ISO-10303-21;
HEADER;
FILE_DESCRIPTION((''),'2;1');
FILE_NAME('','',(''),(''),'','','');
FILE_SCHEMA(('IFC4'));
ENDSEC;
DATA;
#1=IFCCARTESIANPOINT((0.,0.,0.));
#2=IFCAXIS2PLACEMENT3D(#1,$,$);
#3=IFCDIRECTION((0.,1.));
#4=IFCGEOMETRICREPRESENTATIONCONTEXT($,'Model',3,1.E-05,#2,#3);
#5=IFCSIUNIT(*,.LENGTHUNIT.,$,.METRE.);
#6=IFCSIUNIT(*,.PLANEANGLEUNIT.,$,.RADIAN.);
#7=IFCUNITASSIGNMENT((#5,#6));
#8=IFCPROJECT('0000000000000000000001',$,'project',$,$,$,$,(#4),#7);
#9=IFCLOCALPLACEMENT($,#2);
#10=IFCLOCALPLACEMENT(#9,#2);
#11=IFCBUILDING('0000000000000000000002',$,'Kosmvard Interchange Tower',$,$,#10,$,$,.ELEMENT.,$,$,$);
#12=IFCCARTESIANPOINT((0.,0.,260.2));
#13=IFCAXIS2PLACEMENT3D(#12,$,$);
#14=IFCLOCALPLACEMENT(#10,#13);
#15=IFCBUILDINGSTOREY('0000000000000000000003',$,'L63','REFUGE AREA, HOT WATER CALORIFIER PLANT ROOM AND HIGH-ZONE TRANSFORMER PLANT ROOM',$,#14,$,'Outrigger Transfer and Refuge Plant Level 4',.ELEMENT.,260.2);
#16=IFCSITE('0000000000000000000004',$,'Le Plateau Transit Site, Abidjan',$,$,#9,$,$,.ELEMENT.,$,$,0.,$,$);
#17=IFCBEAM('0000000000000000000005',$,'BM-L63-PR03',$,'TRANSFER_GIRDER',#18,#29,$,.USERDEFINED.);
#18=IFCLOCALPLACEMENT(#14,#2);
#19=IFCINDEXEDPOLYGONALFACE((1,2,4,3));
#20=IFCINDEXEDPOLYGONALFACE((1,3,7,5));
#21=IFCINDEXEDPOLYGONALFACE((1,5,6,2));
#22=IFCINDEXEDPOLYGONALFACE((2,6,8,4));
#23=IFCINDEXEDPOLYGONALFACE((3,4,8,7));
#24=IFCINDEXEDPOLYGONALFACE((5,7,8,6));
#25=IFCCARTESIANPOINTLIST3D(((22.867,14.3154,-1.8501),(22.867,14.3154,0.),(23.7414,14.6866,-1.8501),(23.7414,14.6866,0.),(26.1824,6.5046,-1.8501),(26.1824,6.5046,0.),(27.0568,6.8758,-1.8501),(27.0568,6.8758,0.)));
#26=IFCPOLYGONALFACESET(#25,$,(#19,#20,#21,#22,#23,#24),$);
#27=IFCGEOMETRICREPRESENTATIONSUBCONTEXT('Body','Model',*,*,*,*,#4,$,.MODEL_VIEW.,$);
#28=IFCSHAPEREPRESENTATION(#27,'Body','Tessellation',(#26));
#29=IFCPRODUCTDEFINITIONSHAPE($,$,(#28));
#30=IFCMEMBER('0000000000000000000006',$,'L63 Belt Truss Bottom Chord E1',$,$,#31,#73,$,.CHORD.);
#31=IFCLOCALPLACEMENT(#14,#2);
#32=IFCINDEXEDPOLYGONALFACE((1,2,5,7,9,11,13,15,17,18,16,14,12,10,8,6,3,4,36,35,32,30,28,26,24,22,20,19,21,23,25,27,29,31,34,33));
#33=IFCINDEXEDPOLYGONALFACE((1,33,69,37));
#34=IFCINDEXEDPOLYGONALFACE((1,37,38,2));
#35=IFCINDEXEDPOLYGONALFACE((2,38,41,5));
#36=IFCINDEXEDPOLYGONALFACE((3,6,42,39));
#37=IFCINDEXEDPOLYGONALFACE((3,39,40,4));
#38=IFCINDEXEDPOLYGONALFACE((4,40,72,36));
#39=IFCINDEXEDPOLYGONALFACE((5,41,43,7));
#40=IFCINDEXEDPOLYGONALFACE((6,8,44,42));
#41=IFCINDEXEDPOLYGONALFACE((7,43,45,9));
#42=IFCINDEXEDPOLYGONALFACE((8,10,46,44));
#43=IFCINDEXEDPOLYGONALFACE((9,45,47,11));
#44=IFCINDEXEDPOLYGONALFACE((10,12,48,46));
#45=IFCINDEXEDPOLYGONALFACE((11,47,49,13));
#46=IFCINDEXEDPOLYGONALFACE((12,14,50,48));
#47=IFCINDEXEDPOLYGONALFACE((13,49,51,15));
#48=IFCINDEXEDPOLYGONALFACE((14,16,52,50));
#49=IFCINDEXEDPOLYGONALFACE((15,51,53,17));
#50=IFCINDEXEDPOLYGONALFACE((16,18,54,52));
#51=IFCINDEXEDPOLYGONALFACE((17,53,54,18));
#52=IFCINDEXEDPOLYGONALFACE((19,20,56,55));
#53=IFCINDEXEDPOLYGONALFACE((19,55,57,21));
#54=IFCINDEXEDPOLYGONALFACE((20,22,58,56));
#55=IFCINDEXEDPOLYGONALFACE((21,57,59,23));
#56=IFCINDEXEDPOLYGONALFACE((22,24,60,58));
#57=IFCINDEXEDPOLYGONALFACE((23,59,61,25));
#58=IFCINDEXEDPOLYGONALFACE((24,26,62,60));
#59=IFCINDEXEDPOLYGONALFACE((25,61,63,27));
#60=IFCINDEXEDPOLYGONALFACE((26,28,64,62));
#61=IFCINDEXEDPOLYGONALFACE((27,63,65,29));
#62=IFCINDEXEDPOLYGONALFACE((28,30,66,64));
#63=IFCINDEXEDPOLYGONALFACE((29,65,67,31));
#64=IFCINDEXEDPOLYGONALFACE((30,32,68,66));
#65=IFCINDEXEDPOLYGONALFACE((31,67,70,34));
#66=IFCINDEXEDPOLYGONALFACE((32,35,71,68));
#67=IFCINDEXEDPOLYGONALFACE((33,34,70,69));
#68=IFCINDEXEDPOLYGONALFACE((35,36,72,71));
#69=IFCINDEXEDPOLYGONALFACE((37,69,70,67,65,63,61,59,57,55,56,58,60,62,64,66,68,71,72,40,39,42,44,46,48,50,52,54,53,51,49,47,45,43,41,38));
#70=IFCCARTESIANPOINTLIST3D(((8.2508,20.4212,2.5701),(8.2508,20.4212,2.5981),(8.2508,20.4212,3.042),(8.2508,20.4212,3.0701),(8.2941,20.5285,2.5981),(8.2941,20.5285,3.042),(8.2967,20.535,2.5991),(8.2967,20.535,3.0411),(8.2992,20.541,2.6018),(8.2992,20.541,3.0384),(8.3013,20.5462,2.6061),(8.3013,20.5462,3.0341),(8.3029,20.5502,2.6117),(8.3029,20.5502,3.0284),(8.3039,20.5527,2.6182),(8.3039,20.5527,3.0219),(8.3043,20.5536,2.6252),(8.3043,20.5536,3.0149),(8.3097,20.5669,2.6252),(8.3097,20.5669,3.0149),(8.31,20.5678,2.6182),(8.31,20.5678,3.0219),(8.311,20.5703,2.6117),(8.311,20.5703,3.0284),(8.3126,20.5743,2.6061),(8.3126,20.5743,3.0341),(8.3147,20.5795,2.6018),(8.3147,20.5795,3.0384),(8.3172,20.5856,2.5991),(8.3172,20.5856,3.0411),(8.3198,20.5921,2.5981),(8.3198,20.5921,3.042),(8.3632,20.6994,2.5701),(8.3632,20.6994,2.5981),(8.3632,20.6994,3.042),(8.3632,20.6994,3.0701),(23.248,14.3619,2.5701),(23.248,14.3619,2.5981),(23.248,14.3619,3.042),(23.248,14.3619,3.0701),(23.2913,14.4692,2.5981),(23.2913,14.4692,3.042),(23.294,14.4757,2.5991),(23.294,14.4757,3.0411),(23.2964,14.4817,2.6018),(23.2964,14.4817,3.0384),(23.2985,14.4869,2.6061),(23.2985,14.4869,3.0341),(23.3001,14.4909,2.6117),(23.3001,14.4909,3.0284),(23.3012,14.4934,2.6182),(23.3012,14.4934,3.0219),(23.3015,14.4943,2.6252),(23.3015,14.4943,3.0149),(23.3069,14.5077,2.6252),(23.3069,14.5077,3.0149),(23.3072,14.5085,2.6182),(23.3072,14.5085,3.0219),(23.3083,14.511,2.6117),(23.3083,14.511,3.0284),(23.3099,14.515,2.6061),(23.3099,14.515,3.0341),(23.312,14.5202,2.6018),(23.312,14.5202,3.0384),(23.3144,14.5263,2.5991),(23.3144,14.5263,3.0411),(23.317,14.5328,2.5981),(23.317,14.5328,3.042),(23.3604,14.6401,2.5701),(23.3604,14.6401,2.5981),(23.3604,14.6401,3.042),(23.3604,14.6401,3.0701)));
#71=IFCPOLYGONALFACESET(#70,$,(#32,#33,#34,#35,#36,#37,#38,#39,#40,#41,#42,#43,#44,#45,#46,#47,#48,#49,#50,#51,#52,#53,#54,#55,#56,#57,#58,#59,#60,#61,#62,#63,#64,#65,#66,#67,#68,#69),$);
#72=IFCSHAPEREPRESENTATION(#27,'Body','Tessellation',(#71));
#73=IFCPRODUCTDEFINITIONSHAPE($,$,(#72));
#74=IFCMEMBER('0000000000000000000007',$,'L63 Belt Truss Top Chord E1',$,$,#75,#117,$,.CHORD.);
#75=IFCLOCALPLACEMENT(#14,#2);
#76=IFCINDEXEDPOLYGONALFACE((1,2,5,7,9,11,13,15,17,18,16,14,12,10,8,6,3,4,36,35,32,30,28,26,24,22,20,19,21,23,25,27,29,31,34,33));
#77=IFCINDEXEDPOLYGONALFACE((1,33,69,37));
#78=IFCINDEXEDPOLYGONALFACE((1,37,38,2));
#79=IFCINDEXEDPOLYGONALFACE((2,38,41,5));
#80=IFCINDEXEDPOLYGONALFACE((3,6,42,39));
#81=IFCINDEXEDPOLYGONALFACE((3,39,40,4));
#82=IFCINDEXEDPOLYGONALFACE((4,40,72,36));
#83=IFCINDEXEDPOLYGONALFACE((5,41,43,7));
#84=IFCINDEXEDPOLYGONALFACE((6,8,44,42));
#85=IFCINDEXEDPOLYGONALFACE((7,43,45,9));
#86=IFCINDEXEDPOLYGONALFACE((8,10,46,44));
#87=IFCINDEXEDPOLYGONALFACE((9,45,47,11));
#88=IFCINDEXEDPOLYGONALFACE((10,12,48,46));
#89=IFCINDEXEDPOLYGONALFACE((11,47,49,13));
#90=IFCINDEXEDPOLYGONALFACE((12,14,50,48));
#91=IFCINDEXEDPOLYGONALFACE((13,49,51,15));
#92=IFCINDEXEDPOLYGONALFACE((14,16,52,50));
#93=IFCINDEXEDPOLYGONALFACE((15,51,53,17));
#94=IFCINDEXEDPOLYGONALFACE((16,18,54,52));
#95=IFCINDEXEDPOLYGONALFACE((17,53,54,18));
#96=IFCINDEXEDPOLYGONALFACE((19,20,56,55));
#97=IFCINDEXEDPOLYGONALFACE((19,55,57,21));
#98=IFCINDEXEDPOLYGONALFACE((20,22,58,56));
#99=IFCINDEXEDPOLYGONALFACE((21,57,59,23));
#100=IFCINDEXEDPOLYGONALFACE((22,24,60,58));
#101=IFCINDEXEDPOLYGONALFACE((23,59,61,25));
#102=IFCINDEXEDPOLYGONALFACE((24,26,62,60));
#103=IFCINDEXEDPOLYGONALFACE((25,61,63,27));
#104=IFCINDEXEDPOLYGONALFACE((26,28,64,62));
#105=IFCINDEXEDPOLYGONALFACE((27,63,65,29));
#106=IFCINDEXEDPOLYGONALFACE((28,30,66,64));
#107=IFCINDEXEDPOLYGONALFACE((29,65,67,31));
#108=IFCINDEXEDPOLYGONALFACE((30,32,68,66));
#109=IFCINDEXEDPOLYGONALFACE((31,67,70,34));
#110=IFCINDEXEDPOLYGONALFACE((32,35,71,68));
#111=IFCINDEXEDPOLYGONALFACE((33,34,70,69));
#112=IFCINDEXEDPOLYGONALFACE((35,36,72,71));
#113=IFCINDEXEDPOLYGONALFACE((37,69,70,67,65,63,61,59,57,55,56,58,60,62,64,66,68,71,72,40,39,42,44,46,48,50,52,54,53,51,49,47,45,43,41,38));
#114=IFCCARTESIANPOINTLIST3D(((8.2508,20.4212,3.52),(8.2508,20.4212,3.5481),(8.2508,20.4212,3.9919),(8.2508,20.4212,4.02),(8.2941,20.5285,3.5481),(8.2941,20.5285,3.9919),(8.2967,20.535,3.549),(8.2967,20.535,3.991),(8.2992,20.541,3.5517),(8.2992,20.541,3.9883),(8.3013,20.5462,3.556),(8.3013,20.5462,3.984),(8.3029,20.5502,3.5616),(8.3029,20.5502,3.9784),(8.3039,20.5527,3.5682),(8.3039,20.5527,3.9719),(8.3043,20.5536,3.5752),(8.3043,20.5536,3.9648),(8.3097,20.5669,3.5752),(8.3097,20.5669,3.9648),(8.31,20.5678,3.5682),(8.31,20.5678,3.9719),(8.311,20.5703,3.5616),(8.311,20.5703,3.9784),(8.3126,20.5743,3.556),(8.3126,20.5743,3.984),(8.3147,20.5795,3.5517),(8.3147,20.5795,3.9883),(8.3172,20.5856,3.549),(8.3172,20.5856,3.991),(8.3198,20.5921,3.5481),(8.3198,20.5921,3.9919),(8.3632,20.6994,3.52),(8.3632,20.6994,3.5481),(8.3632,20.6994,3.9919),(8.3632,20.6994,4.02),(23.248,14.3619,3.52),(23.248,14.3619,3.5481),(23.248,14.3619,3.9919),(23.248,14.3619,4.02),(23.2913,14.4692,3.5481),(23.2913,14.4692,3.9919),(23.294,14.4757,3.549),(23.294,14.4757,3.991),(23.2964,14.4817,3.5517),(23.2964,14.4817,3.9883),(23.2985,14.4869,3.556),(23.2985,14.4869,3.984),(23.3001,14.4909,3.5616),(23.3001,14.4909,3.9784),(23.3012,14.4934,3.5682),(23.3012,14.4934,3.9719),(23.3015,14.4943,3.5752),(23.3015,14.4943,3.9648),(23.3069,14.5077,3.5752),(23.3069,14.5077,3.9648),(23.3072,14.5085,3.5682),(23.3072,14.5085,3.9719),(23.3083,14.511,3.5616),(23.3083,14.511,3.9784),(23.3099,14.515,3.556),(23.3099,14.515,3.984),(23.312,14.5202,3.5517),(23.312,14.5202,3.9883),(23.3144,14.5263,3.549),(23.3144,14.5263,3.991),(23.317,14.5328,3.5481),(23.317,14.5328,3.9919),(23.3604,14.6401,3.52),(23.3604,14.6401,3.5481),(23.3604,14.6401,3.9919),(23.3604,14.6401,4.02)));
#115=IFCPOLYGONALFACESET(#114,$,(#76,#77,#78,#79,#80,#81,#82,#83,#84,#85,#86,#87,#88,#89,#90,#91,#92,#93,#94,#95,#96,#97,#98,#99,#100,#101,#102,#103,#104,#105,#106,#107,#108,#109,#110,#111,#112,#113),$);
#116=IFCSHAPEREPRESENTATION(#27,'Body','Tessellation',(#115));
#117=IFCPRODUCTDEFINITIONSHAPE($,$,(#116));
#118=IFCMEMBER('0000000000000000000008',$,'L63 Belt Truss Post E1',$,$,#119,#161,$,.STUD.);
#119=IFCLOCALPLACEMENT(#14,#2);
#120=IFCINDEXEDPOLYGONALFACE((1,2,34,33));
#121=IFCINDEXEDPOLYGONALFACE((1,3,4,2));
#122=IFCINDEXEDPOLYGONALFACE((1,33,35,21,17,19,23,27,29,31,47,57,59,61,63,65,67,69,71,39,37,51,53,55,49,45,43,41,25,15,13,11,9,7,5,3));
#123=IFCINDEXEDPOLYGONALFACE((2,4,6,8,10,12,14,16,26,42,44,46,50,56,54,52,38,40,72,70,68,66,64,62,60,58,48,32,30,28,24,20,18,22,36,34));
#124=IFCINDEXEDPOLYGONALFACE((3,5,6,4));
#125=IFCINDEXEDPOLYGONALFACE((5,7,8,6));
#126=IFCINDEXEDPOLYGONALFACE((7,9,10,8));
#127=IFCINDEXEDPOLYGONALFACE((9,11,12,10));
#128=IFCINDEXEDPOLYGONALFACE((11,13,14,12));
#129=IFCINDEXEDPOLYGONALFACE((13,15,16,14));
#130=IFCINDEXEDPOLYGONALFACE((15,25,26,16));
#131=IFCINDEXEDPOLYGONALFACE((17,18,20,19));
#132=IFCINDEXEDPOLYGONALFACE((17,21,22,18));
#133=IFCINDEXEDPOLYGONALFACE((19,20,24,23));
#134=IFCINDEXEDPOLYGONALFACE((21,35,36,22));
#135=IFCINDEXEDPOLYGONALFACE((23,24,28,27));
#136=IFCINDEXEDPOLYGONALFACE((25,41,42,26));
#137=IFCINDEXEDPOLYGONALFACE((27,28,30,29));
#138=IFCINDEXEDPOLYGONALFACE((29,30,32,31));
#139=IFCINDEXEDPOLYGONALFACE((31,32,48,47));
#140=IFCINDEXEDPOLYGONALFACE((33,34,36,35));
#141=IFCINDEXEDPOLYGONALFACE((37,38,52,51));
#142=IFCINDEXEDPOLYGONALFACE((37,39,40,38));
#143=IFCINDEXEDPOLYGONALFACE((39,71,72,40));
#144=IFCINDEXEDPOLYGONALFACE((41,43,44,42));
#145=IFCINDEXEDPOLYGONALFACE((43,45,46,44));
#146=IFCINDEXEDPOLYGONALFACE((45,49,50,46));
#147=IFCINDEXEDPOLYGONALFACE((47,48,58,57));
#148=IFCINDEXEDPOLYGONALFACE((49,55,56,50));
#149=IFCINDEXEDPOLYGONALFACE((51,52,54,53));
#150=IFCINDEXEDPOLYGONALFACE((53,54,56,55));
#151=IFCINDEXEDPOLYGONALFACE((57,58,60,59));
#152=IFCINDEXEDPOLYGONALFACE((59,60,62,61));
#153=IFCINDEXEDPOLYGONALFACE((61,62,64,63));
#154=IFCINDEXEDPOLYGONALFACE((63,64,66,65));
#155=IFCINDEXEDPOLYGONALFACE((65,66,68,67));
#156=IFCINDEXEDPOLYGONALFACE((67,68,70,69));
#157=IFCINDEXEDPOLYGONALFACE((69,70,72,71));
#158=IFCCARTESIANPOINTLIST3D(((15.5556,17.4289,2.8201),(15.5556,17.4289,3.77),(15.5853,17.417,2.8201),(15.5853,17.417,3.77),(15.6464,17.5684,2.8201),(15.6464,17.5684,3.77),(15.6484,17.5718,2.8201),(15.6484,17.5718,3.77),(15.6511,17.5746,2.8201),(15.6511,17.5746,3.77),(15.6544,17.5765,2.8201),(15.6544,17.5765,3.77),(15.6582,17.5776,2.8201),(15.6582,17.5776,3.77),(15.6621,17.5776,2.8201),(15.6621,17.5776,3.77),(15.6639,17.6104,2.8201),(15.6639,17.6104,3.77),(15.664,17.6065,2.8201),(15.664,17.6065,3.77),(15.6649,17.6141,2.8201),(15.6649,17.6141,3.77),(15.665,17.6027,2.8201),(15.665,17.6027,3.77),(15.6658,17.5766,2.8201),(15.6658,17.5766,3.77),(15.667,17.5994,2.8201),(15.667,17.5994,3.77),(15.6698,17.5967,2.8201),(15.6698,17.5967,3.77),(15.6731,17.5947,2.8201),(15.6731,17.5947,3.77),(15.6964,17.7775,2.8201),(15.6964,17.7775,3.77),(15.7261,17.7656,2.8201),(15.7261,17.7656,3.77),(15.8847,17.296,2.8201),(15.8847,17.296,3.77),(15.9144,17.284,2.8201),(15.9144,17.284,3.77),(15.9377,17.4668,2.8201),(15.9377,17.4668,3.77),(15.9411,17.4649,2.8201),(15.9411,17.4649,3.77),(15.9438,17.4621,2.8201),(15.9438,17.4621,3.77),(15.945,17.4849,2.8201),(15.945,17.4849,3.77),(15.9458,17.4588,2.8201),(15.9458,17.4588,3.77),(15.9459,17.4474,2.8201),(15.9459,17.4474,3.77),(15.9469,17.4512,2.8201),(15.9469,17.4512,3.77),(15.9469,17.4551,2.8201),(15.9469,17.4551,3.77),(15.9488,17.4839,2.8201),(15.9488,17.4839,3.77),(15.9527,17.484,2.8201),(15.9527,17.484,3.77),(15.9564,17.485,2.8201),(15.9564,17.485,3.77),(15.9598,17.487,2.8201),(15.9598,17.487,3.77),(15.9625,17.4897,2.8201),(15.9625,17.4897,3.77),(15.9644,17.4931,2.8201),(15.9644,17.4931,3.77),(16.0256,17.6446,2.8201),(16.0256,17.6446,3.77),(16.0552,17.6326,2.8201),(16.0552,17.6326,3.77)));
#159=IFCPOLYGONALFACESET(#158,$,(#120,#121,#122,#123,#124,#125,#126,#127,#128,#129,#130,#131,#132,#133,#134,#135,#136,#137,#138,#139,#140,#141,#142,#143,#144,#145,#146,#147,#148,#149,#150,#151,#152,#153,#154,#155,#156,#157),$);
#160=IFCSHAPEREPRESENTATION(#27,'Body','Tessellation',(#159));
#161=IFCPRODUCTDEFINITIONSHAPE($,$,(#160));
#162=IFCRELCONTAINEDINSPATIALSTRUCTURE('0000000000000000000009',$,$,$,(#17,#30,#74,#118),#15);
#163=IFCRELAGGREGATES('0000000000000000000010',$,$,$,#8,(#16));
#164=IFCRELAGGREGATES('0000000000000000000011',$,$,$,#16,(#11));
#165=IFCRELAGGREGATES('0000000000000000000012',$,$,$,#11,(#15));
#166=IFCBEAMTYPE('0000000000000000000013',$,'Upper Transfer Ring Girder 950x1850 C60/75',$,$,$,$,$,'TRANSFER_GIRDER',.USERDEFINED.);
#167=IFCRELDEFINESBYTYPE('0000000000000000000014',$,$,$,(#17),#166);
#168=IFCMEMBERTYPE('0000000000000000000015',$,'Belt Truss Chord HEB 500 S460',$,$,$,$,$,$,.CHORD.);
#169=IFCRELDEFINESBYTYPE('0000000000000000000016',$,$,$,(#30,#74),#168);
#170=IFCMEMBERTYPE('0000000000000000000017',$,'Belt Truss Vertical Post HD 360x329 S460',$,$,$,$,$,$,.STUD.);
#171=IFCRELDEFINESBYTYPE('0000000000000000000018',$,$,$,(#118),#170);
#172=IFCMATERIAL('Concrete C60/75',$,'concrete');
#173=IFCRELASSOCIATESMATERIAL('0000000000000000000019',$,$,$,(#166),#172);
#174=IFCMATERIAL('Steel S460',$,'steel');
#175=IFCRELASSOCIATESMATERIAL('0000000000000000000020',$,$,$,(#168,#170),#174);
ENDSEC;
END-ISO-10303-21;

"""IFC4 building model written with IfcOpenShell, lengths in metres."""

from ifc_helpers import new_model, si_unit, direction, frame, origin, origin_2d, place, context, subcontext, project, spatial, rectangle, i_section, extrude, source, transform, mapped, material, material_profile, profile_set, type_object, element, save


model = new_model("IFC4")

# Units and contexts
model_context = context("Model", 3, precision=1e-05, world=origin(), true_north=direction((0.0, 1.0)))
body_context = subcontext(model_context, "Body", "Model", "MODEL_VIEW")
ifc_project = project(units=[si_unit("LENGTHUNIT", "METRE"), si_unit("PLANEANGLEUNIT", "RADIAN")], contexts=[model_context])

# Site, building, storey
site_placement = place(None, origin())
site = spatial("IfcSite", under=ifc_project, at=site_placement, Name="Le Plateau Transit Site, Abidjan", CompositionType="ELEMENT", RefElevation=0.0)
building_placement = place(site_placement, origin())
building = spatial("IfcBuilding", under=site, at=building_placement, Name="Kosmvard Interchange Tower", CompositionType="ELEMENT")
storey_placement = place(building_placement, frame((0.0, 0.0, 260.2)))
storey = spatial("IfcBuildingStorey", under=building, at=storey_placement, Name="L63", Description="REFUGE AREA, HOT WATER CALORIFIER PLANT ROOM AND HIGH-ZONE TRANSFORMER PLANT ROOM", LongName="Outrigger Transfer and Refuge Plant Level 4", CompositionType="ELEMENT", Elevation=260.2)

# Shared definitions
ifc_material_1 = material(Name="Concrete C60/75", Category="concrete")

# Beam
ifc_material_profile_1 = material_profile(ifc_material_1, rectangle(XDim=0.95, YDim=1.8501, at=origin_2d()), Name="TG 950x1850")
ifc_profile_set_1 = profile_set([ifc_material_profile_1], Name="Concrete C60/75")
beam_type_1 = type_object("IfcBeamType", Name="Upper Transfer Ring Girder 950x1850 C60/75", ElementType="TRANSFER_GIRDER", PredefinedType="USERDEFINED", material=ifc_profile_set_1)
shared_shape_1 = source(origin(), body_context, "Body", "SweptSolid", [
    extrude(rectangle(XDim=0.95, YDim=1.8501, at=origin_2d()), origin(), (0.0, 0.0, 1.0), 8.4854),
])
beam_1_placement = place(storey_placement, frame((26.6196, 6.6902, -0.925), z_axis=(-0.390726, 0.920507, 0.0), x_axis=(-0.920507, -0.390726, 0.0)))
element("IfcBeam", 1, at=beam_1_placement, inside=storey, type_object=beam_type_1, Name="BM-L63-PR03", ObjectType="TRANSFER_GIRDER", PredefinedType="USERDEFINED", context=body_context, shape_type="MappedRepresentation", body=[
    mapped(shared_shape_1, transform((0.0, 0.0, 0.0), scale=1.0)),
])

# Members
ifc_material_2 = material(Name="Steel S460", Category="steel")
ifc_material_profile_2 = material_profile(ifc_material_2, i_section(OverallWidth=0.3, OverallDepth=0.5, WebThickness=0.0144, FlangeThickness=0.0281, FilletRadius=0.0271, at=origin_2d()), Name="HEB 500")
ifc_profile_set_2 = profile_set([ifc_material_profile_2], Name="Steel S460")
member_type_1 = type_object("IfcMemberType", Name="Belt Truss Chord HEB 500 S460", PredefinedType="CHORD", material=ifc_profile_set_2)
shared_shape_2 = source(origin(), body_context, "Body", "SweptSolid", [
    extrude(i_section(OverallWidth=0.3, OverallDepth=0.5, WebThickness=0.0144, FlangeThickness=0.0281, FilletRadius=0.0271, at=origin_2d()), origin(), (0.0, 0.0, 1.0), 16.175),
])
for number, where, z_axis, x_axis, name in (
    (2, (23.3042, 14.501, 2.8201), (-0.927183, 0.374608, 0.0), (-0.374608, -0.927183, 0.0), "L63 Belt Truss Bottom Chord E1"),
    (3, (23.3042, 14.501, 3.77), (-0.927183, 0.374608, 0.0), (-0.374608, -0.927183, 0.0), "L63 Belt Truss Top Chord E1"),
):
    element("IfcMember", number, at=place(storey_placement, frame(where, z_axis=z_axis, x_axis=x_axis)), inside=storey, type_object=member_type_1, Name=name, PredefinedType="CHORD", context=body_context, shape_type="MappedRepresentation", body=[
        mapped(shared_shape_2, transform((0.0, 0.0, 0.0), scale=1.0)),
    ])
ifc_material_profile_3 = material_profile(ifc_material_2, i_section(OverallWidth=0.376, OverallDepth=0.387, WebThickness=0.0195, FlangeThickness=0.032, FilletRadius=0.0149, at=origin_2d()), Name="HD 360x329")
ifc_profile_set_3 = profile_set([ifc_material_profile_3], Name="Steel S460")
member_type_2 = type_object("IfcMemberType", Name="Belt Truss Vertical Post HD 360x329 S460", PredefinedType="STUD", material=ifc_profile_set_3)
shared_shape_3 = source(origin(), body_context, "Body", "SweptSolid", [
    extrude(i_section(OverallWidth=0.376, OverallDepth=0.387, WebThickness=0.0195, FlangeThickness=0.032, FilletRadius=0.0149, at=origin_2d()), origin(), (0.0, 0.0, 1.0), 0.95),
])
member_1_placement = place(storey_placement, frame((15.8054, 17.5308, 2.8201), z_axis=(0.0, 0.0, 1.0), x_axis=(0.374607, 0.927184, 0.0)))
element("IfcMember", 4, at=member_1_placement, inside=storey, type_object=member_type_2, Name="L63 Belt Truss Post E1", PredefinedType="STUD", context=body_context, shape_type="MappedRepresentation", body=[
    mapped(shared_shape_3, transform((0.0, 0.0, 0.0), scale=1.0)),
])

save(model, "model.ifc")
